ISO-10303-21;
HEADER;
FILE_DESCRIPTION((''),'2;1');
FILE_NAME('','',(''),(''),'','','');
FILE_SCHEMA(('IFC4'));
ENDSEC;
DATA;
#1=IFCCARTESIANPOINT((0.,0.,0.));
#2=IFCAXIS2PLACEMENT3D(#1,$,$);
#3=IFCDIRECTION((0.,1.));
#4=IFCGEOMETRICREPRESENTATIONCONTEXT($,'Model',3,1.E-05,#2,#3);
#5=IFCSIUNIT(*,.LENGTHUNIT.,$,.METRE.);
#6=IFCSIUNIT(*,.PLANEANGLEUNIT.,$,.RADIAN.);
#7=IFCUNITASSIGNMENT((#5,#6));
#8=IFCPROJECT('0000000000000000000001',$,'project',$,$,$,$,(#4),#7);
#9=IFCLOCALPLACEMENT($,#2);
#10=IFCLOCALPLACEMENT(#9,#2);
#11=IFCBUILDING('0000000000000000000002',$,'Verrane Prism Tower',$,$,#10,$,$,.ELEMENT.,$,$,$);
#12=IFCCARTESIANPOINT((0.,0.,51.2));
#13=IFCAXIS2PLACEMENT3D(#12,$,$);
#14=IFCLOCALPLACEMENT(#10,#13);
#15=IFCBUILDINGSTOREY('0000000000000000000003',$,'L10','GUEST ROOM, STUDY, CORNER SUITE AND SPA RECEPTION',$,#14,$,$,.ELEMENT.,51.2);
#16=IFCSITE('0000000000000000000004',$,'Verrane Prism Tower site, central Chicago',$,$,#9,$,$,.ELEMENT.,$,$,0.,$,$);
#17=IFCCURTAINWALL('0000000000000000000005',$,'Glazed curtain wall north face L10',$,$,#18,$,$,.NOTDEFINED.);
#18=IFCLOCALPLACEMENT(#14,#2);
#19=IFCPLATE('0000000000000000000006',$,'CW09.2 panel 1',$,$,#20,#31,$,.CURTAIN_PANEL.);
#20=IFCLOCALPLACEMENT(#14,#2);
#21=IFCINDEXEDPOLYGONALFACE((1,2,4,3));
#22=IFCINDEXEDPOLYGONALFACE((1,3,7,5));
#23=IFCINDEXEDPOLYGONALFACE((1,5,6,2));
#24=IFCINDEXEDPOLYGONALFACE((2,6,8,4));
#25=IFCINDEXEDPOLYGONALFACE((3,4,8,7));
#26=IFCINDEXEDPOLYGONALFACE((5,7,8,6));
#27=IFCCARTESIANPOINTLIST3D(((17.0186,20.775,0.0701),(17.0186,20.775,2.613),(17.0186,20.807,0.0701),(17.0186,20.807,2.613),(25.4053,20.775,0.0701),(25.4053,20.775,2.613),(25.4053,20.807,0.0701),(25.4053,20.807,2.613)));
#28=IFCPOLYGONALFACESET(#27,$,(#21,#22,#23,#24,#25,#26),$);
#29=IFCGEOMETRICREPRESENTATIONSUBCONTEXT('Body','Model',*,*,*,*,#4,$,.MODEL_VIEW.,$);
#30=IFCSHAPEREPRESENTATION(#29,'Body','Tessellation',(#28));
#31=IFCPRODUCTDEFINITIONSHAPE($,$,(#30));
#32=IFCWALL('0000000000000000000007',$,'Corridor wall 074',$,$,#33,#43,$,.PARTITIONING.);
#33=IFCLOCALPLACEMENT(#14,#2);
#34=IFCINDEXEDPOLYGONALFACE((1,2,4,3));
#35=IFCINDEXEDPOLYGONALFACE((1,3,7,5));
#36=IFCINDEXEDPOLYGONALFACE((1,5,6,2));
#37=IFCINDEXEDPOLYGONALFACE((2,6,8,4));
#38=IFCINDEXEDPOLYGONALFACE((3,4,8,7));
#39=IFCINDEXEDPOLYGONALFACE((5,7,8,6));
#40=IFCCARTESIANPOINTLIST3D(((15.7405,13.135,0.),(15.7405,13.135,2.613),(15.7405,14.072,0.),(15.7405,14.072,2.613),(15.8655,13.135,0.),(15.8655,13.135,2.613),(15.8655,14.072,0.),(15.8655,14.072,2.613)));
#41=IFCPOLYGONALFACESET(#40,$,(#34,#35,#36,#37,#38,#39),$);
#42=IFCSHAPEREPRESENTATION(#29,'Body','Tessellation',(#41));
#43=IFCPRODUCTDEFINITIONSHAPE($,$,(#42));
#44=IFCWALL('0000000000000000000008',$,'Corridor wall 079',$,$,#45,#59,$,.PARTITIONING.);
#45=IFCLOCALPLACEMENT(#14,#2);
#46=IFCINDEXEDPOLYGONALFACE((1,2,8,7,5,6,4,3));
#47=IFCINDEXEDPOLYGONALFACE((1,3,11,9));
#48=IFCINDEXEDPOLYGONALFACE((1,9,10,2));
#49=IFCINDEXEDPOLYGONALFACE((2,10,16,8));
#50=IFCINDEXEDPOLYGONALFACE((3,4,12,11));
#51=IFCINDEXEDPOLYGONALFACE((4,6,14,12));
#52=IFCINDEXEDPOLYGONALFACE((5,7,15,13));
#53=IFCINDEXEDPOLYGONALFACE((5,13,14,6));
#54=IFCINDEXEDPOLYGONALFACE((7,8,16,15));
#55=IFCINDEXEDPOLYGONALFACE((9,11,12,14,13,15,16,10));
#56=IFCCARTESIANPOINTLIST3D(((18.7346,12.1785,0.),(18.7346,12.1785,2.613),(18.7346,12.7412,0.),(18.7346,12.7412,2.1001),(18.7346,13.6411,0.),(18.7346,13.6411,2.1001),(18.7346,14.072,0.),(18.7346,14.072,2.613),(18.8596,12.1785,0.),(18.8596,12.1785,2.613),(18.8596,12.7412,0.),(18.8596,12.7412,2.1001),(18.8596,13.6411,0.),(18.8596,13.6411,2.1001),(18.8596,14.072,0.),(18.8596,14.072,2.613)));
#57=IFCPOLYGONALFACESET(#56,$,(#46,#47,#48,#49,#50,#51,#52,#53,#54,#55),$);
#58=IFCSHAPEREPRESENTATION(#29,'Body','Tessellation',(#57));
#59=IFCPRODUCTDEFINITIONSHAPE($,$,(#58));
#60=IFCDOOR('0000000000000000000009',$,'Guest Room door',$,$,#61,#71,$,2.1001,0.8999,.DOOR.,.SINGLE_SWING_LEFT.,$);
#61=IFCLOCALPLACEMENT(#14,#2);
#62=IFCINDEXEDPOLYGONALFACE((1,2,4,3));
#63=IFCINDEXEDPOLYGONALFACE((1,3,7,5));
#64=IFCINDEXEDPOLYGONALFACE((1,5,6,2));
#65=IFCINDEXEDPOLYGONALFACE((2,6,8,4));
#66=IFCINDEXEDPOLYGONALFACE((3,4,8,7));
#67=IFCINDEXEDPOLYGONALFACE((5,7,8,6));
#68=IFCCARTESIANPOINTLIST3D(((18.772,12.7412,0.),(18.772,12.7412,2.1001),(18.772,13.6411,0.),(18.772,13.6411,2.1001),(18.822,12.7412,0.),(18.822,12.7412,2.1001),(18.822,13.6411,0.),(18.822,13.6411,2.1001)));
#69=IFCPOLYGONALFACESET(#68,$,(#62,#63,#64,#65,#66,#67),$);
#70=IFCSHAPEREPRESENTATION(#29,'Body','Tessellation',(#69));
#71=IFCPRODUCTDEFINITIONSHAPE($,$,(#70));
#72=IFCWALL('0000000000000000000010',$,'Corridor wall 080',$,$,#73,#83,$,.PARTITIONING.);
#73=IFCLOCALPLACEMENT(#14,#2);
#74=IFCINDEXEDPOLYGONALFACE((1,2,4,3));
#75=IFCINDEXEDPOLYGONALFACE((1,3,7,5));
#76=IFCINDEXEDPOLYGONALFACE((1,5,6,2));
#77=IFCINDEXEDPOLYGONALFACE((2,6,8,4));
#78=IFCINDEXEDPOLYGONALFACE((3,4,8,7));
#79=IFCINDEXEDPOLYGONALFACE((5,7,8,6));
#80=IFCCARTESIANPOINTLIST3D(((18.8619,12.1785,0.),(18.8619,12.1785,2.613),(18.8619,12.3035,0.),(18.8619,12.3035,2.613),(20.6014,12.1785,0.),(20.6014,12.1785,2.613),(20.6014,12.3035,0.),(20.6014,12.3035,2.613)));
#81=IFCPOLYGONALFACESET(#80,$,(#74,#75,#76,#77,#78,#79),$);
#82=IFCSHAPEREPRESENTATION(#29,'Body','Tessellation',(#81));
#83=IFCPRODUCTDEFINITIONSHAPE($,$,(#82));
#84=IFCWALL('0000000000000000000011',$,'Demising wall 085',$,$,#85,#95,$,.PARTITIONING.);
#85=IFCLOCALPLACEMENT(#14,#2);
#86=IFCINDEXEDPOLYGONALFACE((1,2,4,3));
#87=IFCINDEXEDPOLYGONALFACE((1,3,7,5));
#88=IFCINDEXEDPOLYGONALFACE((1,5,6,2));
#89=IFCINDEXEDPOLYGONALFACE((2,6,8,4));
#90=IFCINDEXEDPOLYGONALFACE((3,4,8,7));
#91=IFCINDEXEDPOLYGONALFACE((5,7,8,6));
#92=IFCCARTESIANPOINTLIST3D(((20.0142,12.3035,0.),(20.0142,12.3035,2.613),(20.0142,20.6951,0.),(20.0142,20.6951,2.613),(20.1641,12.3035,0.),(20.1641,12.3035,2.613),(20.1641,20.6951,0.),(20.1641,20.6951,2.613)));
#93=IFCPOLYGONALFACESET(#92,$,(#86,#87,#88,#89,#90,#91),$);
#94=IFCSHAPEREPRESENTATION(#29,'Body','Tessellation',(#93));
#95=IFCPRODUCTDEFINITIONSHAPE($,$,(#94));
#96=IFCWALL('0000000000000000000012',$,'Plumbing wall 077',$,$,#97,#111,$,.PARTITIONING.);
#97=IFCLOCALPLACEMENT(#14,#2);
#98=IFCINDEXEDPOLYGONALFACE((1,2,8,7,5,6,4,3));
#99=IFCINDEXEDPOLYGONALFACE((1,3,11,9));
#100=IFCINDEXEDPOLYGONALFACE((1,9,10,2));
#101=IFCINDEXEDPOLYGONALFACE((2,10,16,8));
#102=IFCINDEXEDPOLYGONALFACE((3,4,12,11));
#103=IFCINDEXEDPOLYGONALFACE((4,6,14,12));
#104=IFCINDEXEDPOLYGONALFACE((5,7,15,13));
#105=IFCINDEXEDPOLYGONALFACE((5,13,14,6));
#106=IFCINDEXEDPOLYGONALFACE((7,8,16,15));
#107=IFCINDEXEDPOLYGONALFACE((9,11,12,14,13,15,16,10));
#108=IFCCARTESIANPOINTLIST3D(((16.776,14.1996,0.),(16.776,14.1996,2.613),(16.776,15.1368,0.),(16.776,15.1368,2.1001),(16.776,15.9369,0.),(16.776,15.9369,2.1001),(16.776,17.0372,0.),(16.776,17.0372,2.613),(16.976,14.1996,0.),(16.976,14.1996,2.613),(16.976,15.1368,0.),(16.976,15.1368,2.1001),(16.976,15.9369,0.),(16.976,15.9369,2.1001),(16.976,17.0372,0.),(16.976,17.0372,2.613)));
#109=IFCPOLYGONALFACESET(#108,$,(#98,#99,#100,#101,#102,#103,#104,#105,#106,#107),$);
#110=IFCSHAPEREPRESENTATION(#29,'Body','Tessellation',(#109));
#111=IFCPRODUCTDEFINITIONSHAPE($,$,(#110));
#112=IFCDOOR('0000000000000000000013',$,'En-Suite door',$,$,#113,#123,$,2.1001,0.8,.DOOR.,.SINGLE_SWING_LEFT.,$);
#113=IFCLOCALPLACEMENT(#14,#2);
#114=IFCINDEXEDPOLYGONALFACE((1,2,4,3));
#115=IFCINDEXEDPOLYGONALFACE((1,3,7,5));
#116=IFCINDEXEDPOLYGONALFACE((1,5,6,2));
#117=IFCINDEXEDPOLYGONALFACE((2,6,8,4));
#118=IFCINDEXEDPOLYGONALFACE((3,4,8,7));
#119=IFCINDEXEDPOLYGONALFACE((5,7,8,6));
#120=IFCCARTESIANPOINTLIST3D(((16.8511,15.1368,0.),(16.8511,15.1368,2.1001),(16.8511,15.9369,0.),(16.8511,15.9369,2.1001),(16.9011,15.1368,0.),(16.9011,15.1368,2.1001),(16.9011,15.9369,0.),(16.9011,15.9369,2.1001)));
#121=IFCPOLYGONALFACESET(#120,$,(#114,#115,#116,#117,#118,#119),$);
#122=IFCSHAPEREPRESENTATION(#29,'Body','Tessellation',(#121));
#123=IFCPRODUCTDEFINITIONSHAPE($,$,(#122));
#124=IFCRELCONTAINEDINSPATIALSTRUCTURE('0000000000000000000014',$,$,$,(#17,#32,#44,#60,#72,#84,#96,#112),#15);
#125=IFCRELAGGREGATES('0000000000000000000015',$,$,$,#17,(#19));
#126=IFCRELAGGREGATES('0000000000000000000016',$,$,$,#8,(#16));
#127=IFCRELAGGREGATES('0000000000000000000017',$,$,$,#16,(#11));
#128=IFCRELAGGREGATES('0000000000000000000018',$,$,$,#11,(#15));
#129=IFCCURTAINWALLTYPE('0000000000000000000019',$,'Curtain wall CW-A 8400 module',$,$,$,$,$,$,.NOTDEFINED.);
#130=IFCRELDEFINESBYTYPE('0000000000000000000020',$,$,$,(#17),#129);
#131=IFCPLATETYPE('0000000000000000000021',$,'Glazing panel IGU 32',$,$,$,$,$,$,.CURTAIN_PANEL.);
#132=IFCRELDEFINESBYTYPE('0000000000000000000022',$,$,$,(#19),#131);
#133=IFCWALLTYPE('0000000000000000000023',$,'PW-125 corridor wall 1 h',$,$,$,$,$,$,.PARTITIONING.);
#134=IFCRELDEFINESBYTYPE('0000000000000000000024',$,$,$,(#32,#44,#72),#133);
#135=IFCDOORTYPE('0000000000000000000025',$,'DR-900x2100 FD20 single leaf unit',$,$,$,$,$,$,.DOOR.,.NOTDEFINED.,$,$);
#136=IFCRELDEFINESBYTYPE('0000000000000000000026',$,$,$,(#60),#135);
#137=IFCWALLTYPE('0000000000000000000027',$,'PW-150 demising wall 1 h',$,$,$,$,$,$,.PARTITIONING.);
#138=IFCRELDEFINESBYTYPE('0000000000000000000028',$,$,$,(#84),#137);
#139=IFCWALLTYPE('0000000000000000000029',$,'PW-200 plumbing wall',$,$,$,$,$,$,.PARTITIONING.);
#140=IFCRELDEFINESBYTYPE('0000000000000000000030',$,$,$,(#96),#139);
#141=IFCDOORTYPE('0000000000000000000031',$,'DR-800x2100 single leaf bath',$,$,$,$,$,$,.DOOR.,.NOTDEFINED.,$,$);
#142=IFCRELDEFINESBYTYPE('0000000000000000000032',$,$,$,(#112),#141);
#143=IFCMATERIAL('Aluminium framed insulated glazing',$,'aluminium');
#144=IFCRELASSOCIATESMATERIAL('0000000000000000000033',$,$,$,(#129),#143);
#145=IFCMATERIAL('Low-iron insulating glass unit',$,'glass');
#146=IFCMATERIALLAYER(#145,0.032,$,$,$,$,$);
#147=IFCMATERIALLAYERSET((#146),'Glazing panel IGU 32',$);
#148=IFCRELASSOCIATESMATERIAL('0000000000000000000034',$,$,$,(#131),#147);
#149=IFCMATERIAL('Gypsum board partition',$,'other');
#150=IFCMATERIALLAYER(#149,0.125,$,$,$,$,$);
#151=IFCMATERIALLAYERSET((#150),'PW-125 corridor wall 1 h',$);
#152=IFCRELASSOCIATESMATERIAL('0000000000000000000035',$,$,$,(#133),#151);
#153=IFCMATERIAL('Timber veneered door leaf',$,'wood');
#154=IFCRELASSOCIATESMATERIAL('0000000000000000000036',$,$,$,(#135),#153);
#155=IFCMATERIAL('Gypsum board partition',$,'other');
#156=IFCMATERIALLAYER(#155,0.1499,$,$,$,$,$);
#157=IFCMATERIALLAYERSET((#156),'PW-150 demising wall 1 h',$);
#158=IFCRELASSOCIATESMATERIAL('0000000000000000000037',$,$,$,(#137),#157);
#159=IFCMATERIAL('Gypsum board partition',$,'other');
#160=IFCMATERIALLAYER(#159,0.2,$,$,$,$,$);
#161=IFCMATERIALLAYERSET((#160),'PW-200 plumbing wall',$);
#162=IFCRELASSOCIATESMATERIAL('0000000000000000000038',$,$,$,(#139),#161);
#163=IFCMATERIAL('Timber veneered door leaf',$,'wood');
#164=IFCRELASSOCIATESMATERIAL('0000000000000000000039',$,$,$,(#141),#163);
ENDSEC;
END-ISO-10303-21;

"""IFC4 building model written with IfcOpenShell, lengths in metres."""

from ifc_helpers import new_model, si_unit, direction, frame, frame_2d, origin, origin_2d, place, context, subcontext, project, spatial, rectangle, extrude, material, layer, layer_set, type_object, element, fill, aggregate, save


model = new_model("IFC4")

# Units and contexts
model_context = context("Model", 3, precision=1e-05, world=origin(), true_north=direction((0.0, 1.0)))
body_context = subcontext(model_context, "Body", "Model", "MODEL_VIEW")
ifc_project = project(units=[si_unit("LENGTHUNIT", "METRE"), si_unit("PLANEANGLEUNIT", "RADIAN")], contexts=[model_context])

# Site, building, storey
site_placement = place(None, origin())
site = spatial("IfcSite", under=ifc_project, at=site_placement, Name="Verrane Prism Tower site, central Chicago", CompositionType="ELEMENT", RefElevation=0.0)
building_placement = place(site_placement, origin())
building = spatial("IfcBuilding", under=site, at=building_placement, Name="Verrane Prism Tower", CompositionType="ELEMENT")
storey_placement = place(building_placement, frame((0.0, 0.0, 51.2)))
storey = spatial("IfcBuildingStorey", under=building, at=storey_placement, Name="L10", Description="GUEST ROOM, STUDY, CORNER SUITE AND SPA RECEPTION", CompositionType="ELEMENT", Elevation=51.2)

# Curtain wall
ifc_material_1 = material(Name="Aluminium framed insulated glazing", Category="aluminium")
curtain_wall_type_1 = type_object("IfcCurtainWallType", Name="Curtain wall CW-A 8400 module", PredefinedType="NOTDEFINED", material=ifc_material_1)
curtain_wall_1_placement = place(storey_placement, origin())
curtain_wall_1 = element("IfcCurtainWall", 1, at=curtain_wall_1_placement, inside=storey, type_object=curtain_wall_type_1, Name="Glazed curtain wall north face L10", PredefinedType="NOTDEFINED")

# Plate
ifc_material_2 = material(Name="Low-iron insulating glass unit", Category="glass")
ifc_layer_1 = layer(ifc_material_2, 0.032)
ifc_layer_set_1 = layer_set([ifc_layer_1], Name="Glazing panel IGU 32")
plate_type_1 = type_object("IfcPlateType", Name="Glazing panel IGU 32", PredefinedType="CURTAIN_PANEL", material=ifc_layer_set_1)
plate_1_placement = place(storey_placement, frame((21.2119, 20.791, 0.0701), z_axis=(0.0, 0.0, 1.0), x_axis=(-1.0, 0.0, 0.0)))
plate_1 = element("IfcPlate", 2, at=plate_1_placement, type_object=plate_type_1, Name="CW09.2 panel 1", PredefinedType="CURTAIN_PANEL", context=body_context, shape_type="SweptSolid", body=[
    extrude(rectangle(XDim=8.3867, YDim=0.032, at=origin_2d()), origin(), (0.0, 0.0, 1.0), 2.543),
])
aggregate(curtain_wall_1, [plate_1])

# Wall
ifc_material_3 = material(Name="Gypsum board partition", Category="other")
ifc_layer_2 = layer(ifc_material_3, 0.125)
ifc_layer_set_2 = layer_set([ifc_layer_2], Name="PW-125 corridor wall 1 h")
wall_type_1 = type_object("IfcWallType", Name="PW-125 corridor wall 1 h", PredefinedType="PARTITIONING", material=ifc_layer_set_2)
wall_1_placement = place(storey_placement, frame((15.803, 13.135, 0.0), z_axis=(0.0, 0.0, 1.0), x_axis=(0.0, 1.0, 0.0)))
element("IfcWall", 3, at=wall_1_placement, inside=storey, type_object=wall_type_1, Name="Corridor wall 074", PredefinedType="PARTITIONING", context=body_context, shape_type="SweptSolid", body=[
    extrude(rectangle(XDim=0.937, YDim=0.125, at=frame_2d((0.4685, 0.0))), origin(), (0.0, 0.0, 1.0), 2.613),
])

# Wall, opening, door
wall_2_placement = place(storey_placement, frame((18.7971, 14.072, 0.0), z_axis=(0.0, 0.0, 1.0), x_axis=(0.0, -1.0, 0.0)))
wall_2 = element("IfcWall", 4, at=wall_2_placement, inside=storey, type_object=wall_type_1, Name="Corridor wall 079", PredefinedType="PARTITIONING", context=body_context, shape_type="SweptSolid", body=[
    extrude(rectangle(XDim=1.8936, YDim=0.125, at=frame_2d((0.9468, 0.0))), origin(), (0.0, 0.0, 1.0), 2.613),
])
opening_1_placement = place(wall_2_placement, frame((0.4309, 0.0, 0.0)))
opening_1 = element("IfcOpeningElement", 5, at=opening_1_placement, cuts=wall_2, PredefinedType="OPENING", context=body_context, shape_type="SweptSolid", body=[
    extrude(rectangle(XDim=0.8999, YDim=2.1001, at=frame_2d((0.45, 1.05))), frame((0.0, 0.0725, 0.0), z_axis=(0.0, -1.0, 0.0), x_axis=(1.0, 0.0, 0.0)), (0.0, 0.0, 1.0), 0.145),
])
ifc_material_4 = material(Name="Timber veneered door leaf", Category="wood")
door_type_1 = type_object("IfcDoorType", Name="DR-900x2100 FD20 single leaf unit", OperationType="NOTDEFINED", PredefinedType="DOOR", material=ifc_material_4)
door_1_placement = place(opening_1_placement, origin())
door_1 = element("IfcDoor", 6, at=door_1_placement, inside=storey, type_object=door_type_1, Name="Guest Room door", OperationType="SINGLE_SWING_LEFT", OverallHeight=2.1001, OverallWidth=0.8999, PredefinedType="DOOR", context=body_context, shape_type="SweptSolid", body=[
    extrude(rectangle(XDim=0.8999, YDim=2.1001, at=frame_2d((0.45, 1.05))), frame((0.0, 0.0249, 0.0), z_axis=(0.0, -1.0, 0.0), x_axis=(1.0, 0.0, 0.0)), (0.0, 0.0, 1.0), 0.05),
])
fill(opening_1, door_1)

# Walls
wall_3_placement = place(storey_placement, frame((18.8621, 12.241, 0.0), z_axis=(0.0, 0.0, 1.0), x_axis=(1.0, 0.0, 0.0)))
element("IfcWall", 7, at=wall_3_placement, inside=storey, type_object=wall_type_1, Name="Corridor wall 080", PredefinedType="PARTITIONING", context=body_context, shape_type="SweptSolid", body=[
    extrude(rectangle(XDim=1.7395, YDim=0.125, at=frame_2d((0.8696, 0.0))), origin(), (0.0, 0.0, 1.0), 2.613),
])
ifc_material_5 = material(Name="Gypsum board partition", Category="other")
ifc_layer_3 = layer(ifc_material_5, 0.1499)
ifc_layer_set_3 = layer_set([ifc_layer_3], Name="PW-150 demising wall 1 h")
wall_type_2 = type_object("IfcWallType", Name="PW-150 demising wall 1 h", PredefinedType="PARTITIONING", material=ifc_layer_set_3)
wall_4_placement = place(storey_placement, frame((20.0891, 12.3035, 0.0), z_axis=(0.0, 0.0, 1.0), x_axis=(0.0, 1.0, 0.0)))
element("IfcWall", 8, at=wall_4_placement, inside=storey, type_object=wall_type_2, Name="Demising wall 085", PredefinedType="PARTITIONING", context=body_context, shape_type="SweptSolid", body=[
    extrude(rectangle(XDim=8.3916, YDim=0.1499, at=frame_2d((4.1958, 0.0))), origin(), (0.0, 0.0, 1.0), 2.613),
])

# Wall, opening, door
ifc_material_6 = material(Name="Gypsum board partition", Category="other")
ifc_layer_4 = layer(ifc_material_6, 0.2)
ifc_layer_set_4 = layer_set([ifc_layer_4], Name="PW-200 plumbing wall")
wall_type_3 = type_object("IfcWallType", Name="PW-200 plumbing wall", PredefinedType="PARTITIONING", material=ifc_layer_set_4)
wall_5_placement = place(storey_placement, frame((16.876, 14.1995, 0.0), z_axis=(0.0, 0.0, 1.0), x_axis=(0.0, 1.0, 0.0)))
wall_5 = element("IfcWall", 9, at=wall_5_placement, inside=storey, type_object=wall_type_3, Name="Plumbing wall 077", PredefinedType="PARTITIONING", context=body_context, shape_type="SweptSolid", body=[
    extrude(rectangle(XDim=2.8376, YDim=0.2, at=frame_2d((1.4189, 0.0))), origin(), (0.0, 0.0, 1.0), 2.613),
])
opening_2_placement = place(wall_5_placement, frame((0.9375, 0.0, 0.0)))
opening_2 = element("IfcOpeningElement", 10, at=opening_2_placement, cuts=wall_5, PredefinedType="OPENING", context=body_context, shape_type="SweptSolid", body=[
    extrude(rectangle(XDim=0.8, YDim=2.1001, at=frame_2d((0.3999, 1.05))), frame((0.0, 0.1099, 0.0), z_axis=(0.0, -1.0, 0.0), x_axis=(1.0, 0.0, 0.0)), (0.0, 0.0, 1.0), 0.22),
])
ifc_material_7 = material(Name="Timber veneered door leaf", Category="wood")
door_type_2 = type_object("IfcDoorType", Name="DR-800x2100 single leaf bath", OperationType="NOTDEFINED", PredefinedType="DOOR", material=ifc_material_7)
door_2_placement = place(opening_2_placement, origin())
door_2 = element("IfcDoor", 11, at=door_2_placement, inside=storey, type_object=door_type_2, Name="En-Suite door", OperationType="SINGLE_SWING_LEFT", OverallHeight=2.1001, OverallWidth=0.8, PredefinedType="DOOR", context=body_context, shape_type="SweptSolid", body=[
    extrude(rectangle(XDim=0.8, YDim=2.1001, at=frame_2d((0.3999, 1.05))), frame((0.0, 0.0249, 0.0), z_axis=(0.0, -1.0, 0.0), x_axis=(1.0, 0.0, 0.0)), (0.0, 0.0, 1.0), 0.05),
])
fill(opening_2, door_2)

save(model, "model.ifc")
